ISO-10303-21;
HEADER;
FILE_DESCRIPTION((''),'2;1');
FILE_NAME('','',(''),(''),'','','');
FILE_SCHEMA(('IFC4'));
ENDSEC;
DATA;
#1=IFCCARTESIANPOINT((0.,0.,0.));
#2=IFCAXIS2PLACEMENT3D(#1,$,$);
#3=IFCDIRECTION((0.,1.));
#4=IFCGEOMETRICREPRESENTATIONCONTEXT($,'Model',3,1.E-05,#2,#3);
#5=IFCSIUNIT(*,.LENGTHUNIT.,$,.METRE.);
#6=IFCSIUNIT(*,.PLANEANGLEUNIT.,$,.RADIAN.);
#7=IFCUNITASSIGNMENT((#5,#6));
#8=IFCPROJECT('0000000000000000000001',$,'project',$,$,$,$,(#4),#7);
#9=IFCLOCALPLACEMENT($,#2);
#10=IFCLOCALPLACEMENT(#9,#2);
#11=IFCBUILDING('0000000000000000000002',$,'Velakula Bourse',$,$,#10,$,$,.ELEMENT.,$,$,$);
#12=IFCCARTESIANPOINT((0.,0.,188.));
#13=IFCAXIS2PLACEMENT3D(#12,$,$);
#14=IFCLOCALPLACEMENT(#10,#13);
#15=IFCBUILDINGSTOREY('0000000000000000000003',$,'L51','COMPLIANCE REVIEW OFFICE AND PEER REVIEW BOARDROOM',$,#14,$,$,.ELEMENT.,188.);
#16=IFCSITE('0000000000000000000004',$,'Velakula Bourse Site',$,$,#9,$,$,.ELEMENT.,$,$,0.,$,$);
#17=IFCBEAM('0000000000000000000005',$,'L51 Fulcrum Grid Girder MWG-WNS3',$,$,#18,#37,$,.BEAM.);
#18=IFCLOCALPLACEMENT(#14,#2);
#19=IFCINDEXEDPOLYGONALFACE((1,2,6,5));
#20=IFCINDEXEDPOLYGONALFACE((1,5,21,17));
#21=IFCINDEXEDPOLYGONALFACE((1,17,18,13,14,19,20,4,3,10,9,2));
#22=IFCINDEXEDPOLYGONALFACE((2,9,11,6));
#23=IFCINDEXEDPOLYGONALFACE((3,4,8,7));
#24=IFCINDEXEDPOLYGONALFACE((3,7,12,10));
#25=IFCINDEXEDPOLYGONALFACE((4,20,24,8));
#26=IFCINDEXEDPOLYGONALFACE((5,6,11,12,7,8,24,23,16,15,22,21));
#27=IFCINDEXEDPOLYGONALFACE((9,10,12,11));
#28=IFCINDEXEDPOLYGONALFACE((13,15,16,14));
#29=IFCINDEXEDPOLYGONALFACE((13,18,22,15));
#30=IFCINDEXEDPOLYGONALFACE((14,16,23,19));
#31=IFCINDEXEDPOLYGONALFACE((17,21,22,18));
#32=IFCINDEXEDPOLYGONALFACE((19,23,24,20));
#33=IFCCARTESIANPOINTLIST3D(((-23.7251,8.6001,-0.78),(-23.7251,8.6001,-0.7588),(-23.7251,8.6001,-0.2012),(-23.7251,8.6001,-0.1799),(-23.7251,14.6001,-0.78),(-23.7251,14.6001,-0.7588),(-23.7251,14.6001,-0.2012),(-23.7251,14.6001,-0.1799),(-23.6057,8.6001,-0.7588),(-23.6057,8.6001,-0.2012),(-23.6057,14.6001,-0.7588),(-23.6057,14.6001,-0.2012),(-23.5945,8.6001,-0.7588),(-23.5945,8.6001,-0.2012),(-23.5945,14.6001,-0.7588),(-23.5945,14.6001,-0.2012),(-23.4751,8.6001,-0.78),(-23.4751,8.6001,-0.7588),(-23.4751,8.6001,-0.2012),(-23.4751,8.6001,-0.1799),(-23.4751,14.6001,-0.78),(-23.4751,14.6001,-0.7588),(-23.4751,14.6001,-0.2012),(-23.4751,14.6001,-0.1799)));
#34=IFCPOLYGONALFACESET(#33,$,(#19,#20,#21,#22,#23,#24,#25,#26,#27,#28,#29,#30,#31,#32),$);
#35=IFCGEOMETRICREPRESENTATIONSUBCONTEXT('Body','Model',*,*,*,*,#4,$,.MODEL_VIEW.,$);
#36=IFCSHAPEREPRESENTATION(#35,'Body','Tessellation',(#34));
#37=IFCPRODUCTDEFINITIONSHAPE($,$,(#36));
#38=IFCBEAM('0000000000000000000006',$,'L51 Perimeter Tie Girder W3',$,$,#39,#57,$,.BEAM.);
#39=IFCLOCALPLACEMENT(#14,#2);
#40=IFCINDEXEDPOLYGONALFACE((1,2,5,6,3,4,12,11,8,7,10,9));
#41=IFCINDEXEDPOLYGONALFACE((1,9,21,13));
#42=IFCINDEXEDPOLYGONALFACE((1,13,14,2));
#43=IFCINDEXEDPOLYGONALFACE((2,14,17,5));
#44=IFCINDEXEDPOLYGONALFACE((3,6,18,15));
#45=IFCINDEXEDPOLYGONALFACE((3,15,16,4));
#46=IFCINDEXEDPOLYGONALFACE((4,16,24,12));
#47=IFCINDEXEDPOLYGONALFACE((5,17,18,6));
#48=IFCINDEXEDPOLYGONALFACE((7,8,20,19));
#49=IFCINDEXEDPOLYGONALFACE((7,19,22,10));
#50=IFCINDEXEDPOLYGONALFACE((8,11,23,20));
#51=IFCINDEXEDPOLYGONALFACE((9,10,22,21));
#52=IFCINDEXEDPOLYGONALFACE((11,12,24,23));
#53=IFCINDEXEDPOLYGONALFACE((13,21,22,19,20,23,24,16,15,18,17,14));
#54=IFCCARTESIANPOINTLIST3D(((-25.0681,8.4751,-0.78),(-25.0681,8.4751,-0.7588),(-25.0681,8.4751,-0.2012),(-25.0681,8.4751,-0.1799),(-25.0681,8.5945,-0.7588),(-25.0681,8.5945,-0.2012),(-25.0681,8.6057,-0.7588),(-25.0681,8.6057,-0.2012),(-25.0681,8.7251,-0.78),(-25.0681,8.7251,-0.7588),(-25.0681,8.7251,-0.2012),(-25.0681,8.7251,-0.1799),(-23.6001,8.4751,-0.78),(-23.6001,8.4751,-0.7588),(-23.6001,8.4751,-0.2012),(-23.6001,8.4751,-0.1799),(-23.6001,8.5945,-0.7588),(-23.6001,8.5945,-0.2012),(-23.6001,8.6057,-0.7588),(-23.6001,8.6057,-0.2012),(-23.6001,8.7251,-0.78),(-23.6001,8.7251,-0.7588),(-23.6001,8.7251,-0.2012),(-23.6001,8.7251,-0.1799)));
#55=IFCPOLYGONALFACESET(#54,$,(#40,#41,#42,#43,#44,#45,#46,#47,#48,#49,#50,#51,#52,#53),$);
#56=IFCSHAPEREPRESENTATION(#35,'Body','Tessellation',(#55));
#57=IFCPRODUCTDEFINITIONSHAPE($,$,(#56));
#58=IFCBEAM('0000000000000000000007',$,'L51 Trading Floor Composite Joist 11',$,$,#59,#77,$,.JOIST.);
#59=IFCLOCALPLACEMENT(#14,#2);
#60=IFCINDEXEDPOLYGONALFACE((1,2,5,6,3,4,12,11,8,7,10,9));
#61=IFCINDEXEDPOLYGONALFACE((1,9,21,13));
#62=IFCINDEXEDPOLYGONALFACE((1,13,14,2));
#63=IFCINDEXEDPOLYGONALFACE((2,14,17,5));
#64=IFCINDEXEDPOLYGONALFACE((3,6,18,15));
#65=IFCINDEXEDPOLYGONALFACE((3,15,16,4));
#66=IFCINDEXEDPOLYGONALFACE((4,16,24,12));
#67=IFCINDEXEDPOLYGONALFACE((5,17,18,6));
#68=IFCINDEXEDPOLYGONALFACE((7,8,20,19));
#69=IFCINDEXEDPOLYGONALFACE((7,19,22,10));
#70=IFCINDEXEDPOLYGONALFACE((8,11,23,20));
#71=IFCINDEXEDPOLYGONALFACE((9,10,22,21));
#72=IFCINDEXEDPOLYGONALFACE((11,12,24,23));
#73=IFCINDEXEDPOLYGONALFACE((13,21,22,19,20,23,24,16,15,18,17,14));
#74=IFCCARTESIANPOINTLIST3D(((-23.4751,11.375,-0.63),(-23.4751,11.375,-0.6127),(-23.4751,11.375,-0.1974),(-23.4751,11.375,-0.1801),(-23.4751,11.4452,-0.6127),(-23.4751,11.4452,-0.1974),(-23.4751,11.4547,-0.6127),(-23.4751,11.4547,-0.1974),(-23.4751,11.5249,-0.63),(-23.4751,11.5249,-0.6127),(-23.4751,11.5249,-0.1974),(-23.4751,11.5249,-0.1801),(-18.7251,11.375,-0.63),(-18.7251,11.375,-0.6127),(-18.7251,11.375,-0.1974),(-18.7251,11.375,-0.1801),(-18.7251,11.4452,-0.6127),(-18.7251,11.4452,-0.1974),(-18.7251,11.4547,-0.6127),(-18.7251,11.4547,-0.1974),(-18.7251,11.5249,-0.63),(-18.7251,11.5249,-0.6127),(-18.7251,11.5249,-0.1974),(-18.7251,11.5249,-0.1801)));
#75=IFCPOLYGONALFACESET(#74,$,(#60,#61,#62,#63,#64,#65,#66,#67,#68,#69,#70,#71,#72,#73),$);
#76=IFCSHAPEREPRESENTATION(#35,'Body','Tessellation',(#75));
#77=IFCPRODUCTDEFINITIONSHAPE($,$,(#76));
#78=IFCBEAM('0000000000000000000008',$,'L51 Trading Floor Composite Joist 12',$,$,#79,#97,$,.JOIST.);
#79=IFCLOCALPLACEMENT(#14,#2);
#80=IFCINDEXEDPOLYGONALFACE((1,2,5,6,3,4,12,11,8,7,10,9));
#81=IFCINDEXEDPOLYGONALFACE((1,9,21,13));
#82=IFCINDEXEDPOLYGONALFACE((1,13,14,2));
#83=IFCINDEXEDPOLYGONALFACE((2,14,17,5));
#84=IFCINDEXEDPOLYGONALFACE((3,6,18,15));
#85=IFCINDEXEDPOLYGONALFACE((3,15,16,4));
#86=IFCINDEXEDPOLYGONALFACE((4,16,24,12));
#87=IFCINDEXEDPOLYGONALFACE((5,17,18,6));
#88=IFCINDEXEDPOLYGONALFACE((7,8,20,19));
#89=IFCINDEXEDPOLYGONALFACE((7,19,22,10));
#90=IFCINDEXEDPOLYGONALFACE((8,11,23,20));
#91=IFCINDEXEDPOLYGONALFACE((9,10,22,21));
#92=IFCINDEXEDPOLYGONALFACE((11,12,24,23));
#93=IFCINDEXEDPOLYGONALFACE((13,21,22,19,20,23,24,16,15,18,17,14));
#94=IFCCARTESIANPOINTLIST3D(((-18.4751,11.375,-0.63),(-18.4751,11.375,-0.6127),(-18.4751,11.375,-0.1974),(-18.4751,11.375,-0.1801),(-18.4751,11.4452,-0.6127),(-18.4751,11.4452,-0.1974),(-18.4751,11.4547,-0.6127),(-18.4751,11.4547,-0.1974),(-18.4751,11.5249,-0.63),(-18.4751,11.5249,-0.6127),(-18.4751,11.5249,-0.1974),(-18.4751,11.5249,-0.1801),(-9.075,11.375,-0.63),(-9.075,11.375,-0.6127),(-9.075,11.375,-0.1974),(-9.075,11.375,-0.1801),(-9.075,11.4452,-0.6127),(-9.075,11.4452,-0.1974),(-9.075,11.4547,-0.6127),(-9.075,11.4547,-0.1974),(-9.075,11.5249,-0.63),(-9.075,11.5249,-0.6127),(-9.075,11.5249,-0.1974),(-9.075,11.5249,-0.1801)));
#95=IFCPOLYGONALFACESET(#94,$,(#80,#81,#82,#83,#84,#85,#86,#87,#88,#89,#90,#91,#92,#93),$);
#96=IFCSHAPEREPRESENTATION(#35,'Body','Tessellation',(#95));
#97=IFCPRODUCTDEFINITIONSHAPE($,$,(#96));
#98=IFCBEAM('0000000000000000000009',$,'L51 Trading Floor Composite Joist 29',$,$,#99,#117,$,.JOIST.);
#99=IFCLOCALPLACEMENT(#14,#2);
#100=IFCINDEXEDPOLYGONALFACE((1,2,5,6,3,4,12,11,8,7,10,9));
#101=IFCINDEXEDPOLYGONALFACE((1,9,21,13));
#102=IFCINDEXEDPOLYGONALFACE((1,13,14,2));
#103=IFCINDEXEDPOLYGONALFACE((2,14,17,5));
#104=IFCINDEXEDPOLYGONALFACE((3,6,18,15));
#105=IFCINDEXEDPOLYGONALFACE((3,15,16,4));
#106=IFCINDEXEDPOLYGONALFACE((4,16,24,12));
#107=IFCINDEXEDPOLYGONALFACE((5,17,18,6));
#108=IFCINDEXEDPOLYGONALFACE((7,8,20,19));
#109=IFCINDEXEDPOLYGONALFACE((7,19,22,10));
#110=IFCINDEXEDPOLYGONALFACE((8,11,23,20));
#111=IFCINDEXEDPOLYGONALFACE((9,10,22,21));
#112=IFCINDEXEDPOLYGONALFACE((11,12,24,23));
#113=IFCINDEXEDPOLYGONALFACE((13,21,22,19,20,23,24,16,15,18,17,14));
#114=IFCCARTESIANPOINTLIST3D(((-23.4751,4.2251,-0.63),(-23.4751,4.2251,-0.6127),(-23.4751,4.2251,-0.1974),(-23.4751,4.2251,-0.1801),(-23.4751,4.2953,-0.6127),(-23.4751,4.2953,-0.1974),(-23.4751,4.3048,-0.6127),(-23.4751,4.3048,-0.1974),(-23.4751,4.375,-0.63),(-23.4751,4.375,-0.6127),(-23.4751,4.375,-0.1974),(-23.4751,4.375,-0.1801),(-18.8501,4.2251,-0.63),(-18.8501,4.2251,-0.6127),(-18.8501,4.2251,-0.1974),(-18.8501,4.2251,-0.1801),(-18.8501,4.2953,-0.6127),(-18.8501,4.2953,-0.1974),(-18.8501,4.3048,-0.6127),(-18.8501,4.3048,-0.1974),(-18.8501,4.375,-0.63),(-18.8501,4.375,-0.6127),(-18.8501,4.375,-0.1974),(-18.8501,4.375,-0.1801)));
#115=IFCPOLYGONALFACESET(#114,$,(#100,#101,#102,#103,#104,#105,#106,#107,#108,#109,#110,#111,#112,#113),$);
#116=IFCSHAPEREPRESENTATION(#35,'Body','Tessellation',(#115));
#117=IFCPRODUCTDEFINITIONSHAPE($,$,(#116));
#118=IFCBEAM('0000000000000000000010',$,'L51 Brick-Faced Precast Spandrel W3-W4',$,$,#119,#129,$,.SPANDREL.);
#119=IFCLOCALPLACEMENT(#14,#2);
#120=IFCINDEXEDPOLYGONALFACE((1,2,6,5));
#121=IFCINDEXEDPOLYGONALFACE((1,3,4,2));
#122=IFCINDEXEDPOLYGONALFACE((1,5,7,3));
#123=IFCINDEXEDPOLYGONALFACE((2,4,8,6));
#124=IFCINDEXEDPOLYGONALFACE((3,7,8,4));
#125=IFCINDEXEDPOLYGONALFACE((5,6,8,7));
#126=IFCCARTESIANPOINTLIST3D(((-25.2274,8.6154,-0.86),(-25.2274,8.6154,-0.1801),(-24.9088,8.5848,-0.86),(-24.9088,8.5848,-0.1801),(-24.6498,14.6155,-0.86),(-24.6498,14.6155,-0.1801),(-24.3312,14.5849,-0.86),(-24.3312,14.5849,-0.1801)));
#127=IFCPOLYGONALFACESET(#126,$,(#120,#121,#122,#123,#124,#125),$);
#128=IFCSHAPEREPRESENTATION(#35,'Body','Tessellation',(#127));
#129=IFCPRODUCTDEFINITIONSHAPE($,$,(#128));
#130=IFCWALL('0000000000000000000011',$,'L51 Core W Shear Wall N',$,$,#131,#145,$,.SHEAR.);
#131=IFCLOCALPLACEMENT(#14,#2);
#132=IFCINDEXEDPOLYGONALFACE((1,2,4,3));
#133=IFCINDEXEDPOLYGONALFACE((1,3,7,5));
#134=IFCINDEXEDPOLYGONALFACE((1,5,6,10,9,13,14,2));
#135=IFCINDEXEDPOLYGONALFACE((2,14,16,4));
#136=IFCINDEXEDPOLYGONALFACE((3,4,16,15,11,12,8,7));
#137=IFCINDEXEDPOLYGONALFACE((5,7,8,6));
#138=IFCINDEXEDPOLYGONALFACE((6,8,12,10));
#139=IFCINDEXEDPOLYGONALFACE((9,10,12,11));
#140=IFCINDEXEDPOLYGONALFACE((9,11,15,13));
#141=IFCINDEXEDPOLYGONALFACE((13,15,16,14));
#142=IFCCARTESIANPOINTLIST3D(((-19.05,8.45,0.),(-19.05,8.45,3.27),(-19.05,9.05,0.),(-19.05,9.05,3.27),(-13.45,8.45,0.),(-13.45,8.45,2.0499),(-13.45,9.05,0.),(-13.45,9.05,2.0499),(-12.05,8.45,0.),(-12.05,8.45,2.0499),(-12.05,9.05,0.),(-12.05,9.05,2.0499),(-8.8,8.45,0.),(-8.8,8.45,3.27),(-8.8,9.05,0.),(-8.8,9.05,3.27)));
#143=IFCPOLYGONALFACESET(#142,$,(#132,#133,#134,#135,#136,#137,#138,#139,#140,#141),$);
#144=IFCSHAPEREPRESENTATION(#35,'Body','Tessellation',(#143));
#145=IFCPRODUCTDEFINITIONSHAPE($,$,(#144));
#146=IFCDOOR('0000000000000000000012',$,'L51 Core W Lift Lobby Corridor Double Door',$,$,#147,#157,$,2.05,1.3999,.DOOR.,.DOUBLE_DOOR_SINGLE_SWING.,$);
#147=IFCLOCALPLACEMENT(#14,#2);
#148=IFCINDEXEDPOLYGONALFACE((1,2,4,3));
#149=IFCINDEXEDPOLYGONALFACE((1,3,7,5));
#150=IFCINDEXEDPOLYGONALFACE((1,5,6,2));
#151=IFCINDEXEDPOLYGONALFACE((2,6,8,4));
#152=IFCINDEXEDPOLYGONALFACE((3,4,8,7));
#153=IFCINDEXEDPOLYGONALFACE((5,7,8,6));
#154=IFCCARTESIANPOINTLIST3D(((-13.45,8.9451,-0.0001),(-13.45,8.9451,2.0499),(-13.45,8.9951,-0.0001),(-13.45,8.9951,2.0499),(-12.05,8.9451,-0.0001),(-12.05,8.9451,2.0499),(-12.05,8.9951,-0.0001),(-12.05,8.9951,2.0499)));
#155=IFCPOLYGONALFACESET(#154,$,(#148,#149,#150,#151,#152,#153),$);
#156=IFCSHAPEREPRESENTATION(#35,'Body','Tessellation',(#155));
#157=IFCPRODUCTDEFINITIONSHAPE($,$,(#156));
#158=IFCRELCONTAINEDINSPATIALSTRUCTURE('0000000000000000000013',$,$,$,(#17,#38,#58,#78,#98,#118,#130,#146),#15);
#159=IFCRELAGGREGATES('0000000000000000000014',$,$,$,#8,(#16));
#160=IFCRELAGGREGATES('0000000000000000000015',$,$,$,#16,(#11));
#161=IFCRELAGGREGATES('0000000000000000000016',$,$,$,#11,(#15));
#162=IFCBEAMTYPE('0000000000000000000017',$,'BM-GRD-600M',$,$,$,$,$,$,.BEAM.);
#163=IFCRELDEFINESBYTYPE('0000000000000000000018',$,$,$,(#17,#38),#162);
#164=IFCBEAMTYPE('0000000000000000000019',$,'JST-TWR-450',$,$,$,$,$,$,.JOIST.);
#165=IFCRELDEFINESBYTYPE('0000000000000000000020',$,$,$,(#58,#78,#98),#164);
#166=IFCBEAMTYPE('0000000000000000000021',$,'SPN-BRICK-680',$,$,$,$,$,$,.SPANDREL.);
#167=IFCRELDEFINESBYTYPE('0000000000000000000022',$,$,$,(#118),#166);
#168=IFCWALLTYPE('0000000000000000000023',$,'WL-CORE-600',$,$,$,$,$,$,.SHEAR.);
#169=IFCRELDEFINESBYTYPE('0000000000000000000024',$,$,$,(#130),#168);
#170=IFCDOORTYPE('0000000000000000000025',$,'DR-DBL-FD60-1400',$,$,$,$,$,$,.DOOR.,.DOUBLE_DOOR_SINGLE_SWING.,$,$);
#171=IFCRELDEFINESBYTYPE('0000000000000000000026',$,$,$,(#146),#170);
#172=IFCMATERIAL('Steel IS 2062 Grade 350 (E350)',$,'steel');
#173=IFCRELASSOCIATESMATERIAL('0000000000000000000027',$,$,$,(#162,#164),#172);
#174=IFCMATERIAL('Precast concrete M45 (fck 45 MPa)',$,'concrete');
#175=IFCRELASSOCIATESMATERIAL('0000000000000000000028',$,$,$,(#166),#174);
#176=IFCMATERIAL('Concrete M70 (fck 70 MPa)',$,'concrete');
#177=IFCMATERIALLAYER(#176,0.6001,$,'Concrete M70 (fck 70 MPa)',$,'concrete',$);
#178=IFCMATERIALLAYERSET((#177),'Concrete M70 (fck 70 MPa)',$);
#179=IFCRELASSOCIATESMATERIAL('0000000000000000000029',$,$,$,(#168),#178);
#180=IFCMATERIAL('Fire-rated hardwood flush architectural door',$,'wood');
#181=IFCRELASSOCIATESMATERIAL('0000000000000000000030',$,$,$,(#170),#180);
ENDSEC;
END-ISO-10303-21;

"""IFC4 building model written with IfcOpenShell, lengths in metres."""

from ifc_helpers import new_model, si_unit, direction, frame, frame_2d, origin, origin_2d, place, context, subcontext, project, spatial, rectangle, i_section, extrude, material, layer, layer_set, material_profile, profile_set, type_object, element, fill, save


model = new_model("IFC4")

# Units and contexts
model_context = context("Model", 3, precision=1e-05, world=origin(), true_north=direction((0.0, 1.0)))
body_context = subcontext(model_context, "Body", "Model", "MODEL_VIEW")
ifc_project = project(units=[si_unit("LENGTHUNIT", "METRE"), si_unit("PLANEANGLEUNIT", "RADIAN")], contexts=[model_context])

# Site, building, storey
site_placement = place(None, origin())
site = spatial("IfcSite", under=ifc_project, at=site_placement, Name="Velakula Bourse Site", CompositionType="ELEMENT", RefElevation=0.0)
building_placement = place(site_placement, origin())
building = spatial("IfcBuilding", under=site, at=building_placement, Name="Velakula Bourse", CompositionType="ELEMENT")
storey_placement = place(building_placement, frame((0.0, 0.0, 188.0)))
storey = spatial("IfcBuildingStorey", under=building, at=storey_placement, Name="L51", Description="COMPLIANCE REVIEW OFFICE AND PEER REVIEW BOARDROOM", CompositionType="ELEMENT", Elevation=188.0)

# Shared definitions
ifc_material_1 = material(Name="Concrete M70 (fck 70 MPa)", Category="concrete")
ifc_material_2 = material(Name="Steel IS 2062 Grade 350 (E350)", Category="steel")

# Beams
ifc_material_profile_1 = material_profile(ifc_material_2, i_section(OverallWidth=0.25, OverallDepth=0.6001, WebThickness=0.0112, FlangeThickness=0.0212, at=origin_2d()), Name="Steel IS 2062 Grade 350 (E350)")
ifc_profile_set_1 = profile_set([ifc_material_profile_1], Name="Steel IS 2062 Grade 350 (E350)")
beam_type_1 = type_object("IfcBeamType", Name="BM-GRD-600M", PredefinedType="BEAM", material=ifc_profile_set_1)
beam_1_placement = place(storey_placement, frame((-23.6001, 8.6001, -0.48), z_axis=(0.0, 1.0, 0.0), x_axis=(-1.0, 0.0, 0.0)))
element("IfcBeam", 1, at=beam_1_placement, inside=storey, type_object=beam_type_1, Name="L51 Fulcrum Grid Girder MWG-WNS3", PredefinedType="BEAM", context=body_context, shape_type="SweptSolid", body=[
    extrude(i_section(OverallWidth=0.25, OverallDepth=0.6001, WebThickness=0.0112, FlangeThickness=0.0212, at=origin_2d()), origin(), (0.0, 0.0, 1.0), 6.0),
])
beam_2_placement = place(storey_placement, frame((-23.6001, 8.6001, -0.48), z_axis=(-1.0, 0.0, 0.0), x_axis=(0.0, -1.0, 0.0)))
element("IfcBeam", 2, at=beam_2_placement, inside=storey, type_object=beam_type_1, Name="L51 Perimeter Tie Girder W3", PredefinedType="BEAM", context=body_context, shape_type="SweptSolid", body=[
    extrude(i_section(OverallWidth=0.25, OverallDepth=0.6001, WebThickness=0.0112, FlangeThickness=0.0212, at=origin_2d()), origin(), (0.0, 0.0, 1.0), 1.468),
])
ifc_material_profile_2 = material_profile(ifc_material_2, i_section(OverallWidth=0.1499, OverallDepth=0.45, WebThickness=0.0095, FlangeThickness=0.0173, at=origin_2d()), Name="Steel IS 2062 Grade 350 (E350)")
ifc_profile_set_2 = profile_set([ifc_material_profile_2], Name="Steel IS 2062 Grade 350 (E350)")
beam_type_2 = type_object("IfcBeamType", Name="JST-TWR-450", PredefinedType="JOIST", material=ifc_profile_set_2)
beam_3_placement = place(storey_placement, frame((-23.4751, 11.45, -0.405), z_axis=(1.0, 0.0, 0.0), x_axis=(0.0, 1.0, 0.0)))
element("IfcBeam", 3, at=beam_3_placement, inside=storey, type_object=beam_type_2, Name="L51 Trading Floor Composite Joist 11", PredefinedType="JOIST", context=body_context, shape_type="SweptSolid", body=[
    extrude(i_section(OverallWidth=0.1499, OverallDepth=0.45, WebThickness=0.0095, FlangeThickness=0.0173, at=origin_2d()), origin(), (0.0, 0.0, 1.0), 4.75),
])
beam_4_placement = place(storey_placement, frame((-18.4751, 11.45, -0.405), z_axis=(1.0, 0.0, 0.0), x_axis=(0.0, 1.0, 0.0)))
element("IfcBeam", 4, at=beam_4_placement, inside=storey, type_object=beam_type_2, Name="L51 Trading Floor Composite Joist 12", PredefinedType="JOIST", context=body_context, shape_type="SweptSolid", body=[
    extrude(i_section(OverallWidth=0.1499, OverallDepth=0.45, WebThickness=0.0095, FlangeThickness=0.0173, at=origin_2d()), origin(), (0.0, 0.0, 1.0), 9.4001),
])
beam_5_placement = place(storey_placement, frame((-23.4751, 4.3, -0.405), z_axis=(1.0, 0.0, 0.0), x_axis=(0.0, 1.0, 0.0)))
element("IfcBeam", 5, at=beam_5_placement, inside=storey, type_object=beam_type_2, Name="L51 Trading Floor Composite Joist 29", PredefinedType="JOIST", context=body_context, shape_type="SweptSolid", body=[
    extrude(i_section(OverallWidth=0.1499, OverallDepth=0.45, WebThickness=0.0095, FlangeThickness=0.0173, at=origin_2d()), origin(), (0.0, 0.0, 1.0), 4.625),
])
ifc_material_3 = material(Name="Precast concrete M45 (fck 45 MPa)", Category="concrete")
ifc_material_profile_3 = material_profile(ifc_material_3, rectangle(XDim=0.3201, YDim=0.6799, at=origin_2d()), Name="Precast concrete M45 (fck 45 MPa)")
ifc_profile_set_3 = profile_set([ifc_material_profile_3], Name="Precast concrete M45 (fck 45 MPa)")
beam_type_3 = type_object("IfcBeamType", Name="SPN-BRICK-680", PredefinedType="SPANDREL", material=ifc_profile_set_3)
beam_6_placement = place(storey_placement, frame((-25.0681, 8.6001, -0.52), z_axis=(0.09583, 0.995398, 0.0), x_axis=(-0.995398, 0.09583, 0.0)))
element("IfcBeam", 6, at=beam_6_placement, inside=storey, type_object=beam_type_3, Name="L51 Brick-Faced Precast Spandrel W3-W4", PredefinedType="SPANDREL", context=body_context, shape_type="SweptSolid", body=[
    extrude(rectangle(XDim=0.3201, YDim=0.6799, at=origin_2d()), origin(), (0.0, 0.0, 1.0), 6.0278),
])

# Wall, opening, door
ifc_layer_1 = layer(ifc_material_1, 0.6001, Name="Concrete M70 (fck 70 MPa)", Category="concrete")
ifc_layer_set_1 = layer_set([ifc_layer_1], Name="Concrete M70 (fck 70 MPa)")
wall_type_1 = type_object("IfcWallType", Name="WL-CORE-600", PredefinedType="SHEAR", material=ifc_layer_set_1)
wall_1_placement = place(storey_placement, frame((-19.05, 8.75, 0.0), z_axis=(0.0, 0.0, 1.0), x_axis=(1.0, 0.0, 0.0)))
wall_1 = element("IfcWall", 7, at=wall_1_placement, inside=storey, type_object=wall_type_1, Name="L51 Core W Shear Wall N", PredefinedType="SHEAR", context=body_context, shape_type="SweptSolid", body=[
    extrude(rectangle(XDim=10.25, YDim=0.6001, at=frame_2d((5.125, 0.0))), origin(), (0.0, 0.0, 1.0), 3.27),
])
opening_1_placement = place(wall_1_placement, frame((5.6001, 0.0, 0.0)))
opening_1 = element("IfcOpeningElement", 8, at=opening_1_placement, cuts=wall_1, PredefinedType="OPENING", context=body_context, shape_type="SweptSolid", body=[
    extrude(rectangle(XDim=1.3999, YDim=2.05, at=frame_2d((0.7, 1.0249))), frame((0.0, 0.3101, 0.0), z_axis=(0.0, -1.0, 0.0), x_axis=(1.0, 0.0, 0.0)), (0.0, 0.0, 1.0), 0.6201),
])
ifc_material_4 = material(Name="Fire-rated hardwood flush architectural door", Category="wood")
door_type_1 = type_object("IfcDoorType", Name="DR-DBL-FD60-1400", OperationType="DOUBLE_DOOR_SINGLE_SWING", PredefinedType="DOOR", material=ifc_material_4)
door_1_placement = place(opening_1_placement, origin())
door_1 = element("IfcDoor", 9, at=door_1_placement, inside=storey, type_object=door_type_1, Name="L51 Core W Lift Lobby Corridor Double Door", OperationType="DOUBLE_DOOR_SINGLE_SWING", OverallHeight=2.05, OverallWidth=1.3999, PredefinedType="DOOR", context=body_context, shape_type="SweptSolid", body=[
    extrude(rectangle(XDim=1.3999, YDim=2.05, at=frame_2d((0.7, 1.0249))), frame((0.0, 0.2451, 0.0), z_axis=(0.0, -1.0, 0.0), x_axis=(1.0, 0.0, 0.0)), (0.0, 0.0, 1.0), 0.05),
])
fill(opening_1, door_1)

save(model, "model.ifc")
